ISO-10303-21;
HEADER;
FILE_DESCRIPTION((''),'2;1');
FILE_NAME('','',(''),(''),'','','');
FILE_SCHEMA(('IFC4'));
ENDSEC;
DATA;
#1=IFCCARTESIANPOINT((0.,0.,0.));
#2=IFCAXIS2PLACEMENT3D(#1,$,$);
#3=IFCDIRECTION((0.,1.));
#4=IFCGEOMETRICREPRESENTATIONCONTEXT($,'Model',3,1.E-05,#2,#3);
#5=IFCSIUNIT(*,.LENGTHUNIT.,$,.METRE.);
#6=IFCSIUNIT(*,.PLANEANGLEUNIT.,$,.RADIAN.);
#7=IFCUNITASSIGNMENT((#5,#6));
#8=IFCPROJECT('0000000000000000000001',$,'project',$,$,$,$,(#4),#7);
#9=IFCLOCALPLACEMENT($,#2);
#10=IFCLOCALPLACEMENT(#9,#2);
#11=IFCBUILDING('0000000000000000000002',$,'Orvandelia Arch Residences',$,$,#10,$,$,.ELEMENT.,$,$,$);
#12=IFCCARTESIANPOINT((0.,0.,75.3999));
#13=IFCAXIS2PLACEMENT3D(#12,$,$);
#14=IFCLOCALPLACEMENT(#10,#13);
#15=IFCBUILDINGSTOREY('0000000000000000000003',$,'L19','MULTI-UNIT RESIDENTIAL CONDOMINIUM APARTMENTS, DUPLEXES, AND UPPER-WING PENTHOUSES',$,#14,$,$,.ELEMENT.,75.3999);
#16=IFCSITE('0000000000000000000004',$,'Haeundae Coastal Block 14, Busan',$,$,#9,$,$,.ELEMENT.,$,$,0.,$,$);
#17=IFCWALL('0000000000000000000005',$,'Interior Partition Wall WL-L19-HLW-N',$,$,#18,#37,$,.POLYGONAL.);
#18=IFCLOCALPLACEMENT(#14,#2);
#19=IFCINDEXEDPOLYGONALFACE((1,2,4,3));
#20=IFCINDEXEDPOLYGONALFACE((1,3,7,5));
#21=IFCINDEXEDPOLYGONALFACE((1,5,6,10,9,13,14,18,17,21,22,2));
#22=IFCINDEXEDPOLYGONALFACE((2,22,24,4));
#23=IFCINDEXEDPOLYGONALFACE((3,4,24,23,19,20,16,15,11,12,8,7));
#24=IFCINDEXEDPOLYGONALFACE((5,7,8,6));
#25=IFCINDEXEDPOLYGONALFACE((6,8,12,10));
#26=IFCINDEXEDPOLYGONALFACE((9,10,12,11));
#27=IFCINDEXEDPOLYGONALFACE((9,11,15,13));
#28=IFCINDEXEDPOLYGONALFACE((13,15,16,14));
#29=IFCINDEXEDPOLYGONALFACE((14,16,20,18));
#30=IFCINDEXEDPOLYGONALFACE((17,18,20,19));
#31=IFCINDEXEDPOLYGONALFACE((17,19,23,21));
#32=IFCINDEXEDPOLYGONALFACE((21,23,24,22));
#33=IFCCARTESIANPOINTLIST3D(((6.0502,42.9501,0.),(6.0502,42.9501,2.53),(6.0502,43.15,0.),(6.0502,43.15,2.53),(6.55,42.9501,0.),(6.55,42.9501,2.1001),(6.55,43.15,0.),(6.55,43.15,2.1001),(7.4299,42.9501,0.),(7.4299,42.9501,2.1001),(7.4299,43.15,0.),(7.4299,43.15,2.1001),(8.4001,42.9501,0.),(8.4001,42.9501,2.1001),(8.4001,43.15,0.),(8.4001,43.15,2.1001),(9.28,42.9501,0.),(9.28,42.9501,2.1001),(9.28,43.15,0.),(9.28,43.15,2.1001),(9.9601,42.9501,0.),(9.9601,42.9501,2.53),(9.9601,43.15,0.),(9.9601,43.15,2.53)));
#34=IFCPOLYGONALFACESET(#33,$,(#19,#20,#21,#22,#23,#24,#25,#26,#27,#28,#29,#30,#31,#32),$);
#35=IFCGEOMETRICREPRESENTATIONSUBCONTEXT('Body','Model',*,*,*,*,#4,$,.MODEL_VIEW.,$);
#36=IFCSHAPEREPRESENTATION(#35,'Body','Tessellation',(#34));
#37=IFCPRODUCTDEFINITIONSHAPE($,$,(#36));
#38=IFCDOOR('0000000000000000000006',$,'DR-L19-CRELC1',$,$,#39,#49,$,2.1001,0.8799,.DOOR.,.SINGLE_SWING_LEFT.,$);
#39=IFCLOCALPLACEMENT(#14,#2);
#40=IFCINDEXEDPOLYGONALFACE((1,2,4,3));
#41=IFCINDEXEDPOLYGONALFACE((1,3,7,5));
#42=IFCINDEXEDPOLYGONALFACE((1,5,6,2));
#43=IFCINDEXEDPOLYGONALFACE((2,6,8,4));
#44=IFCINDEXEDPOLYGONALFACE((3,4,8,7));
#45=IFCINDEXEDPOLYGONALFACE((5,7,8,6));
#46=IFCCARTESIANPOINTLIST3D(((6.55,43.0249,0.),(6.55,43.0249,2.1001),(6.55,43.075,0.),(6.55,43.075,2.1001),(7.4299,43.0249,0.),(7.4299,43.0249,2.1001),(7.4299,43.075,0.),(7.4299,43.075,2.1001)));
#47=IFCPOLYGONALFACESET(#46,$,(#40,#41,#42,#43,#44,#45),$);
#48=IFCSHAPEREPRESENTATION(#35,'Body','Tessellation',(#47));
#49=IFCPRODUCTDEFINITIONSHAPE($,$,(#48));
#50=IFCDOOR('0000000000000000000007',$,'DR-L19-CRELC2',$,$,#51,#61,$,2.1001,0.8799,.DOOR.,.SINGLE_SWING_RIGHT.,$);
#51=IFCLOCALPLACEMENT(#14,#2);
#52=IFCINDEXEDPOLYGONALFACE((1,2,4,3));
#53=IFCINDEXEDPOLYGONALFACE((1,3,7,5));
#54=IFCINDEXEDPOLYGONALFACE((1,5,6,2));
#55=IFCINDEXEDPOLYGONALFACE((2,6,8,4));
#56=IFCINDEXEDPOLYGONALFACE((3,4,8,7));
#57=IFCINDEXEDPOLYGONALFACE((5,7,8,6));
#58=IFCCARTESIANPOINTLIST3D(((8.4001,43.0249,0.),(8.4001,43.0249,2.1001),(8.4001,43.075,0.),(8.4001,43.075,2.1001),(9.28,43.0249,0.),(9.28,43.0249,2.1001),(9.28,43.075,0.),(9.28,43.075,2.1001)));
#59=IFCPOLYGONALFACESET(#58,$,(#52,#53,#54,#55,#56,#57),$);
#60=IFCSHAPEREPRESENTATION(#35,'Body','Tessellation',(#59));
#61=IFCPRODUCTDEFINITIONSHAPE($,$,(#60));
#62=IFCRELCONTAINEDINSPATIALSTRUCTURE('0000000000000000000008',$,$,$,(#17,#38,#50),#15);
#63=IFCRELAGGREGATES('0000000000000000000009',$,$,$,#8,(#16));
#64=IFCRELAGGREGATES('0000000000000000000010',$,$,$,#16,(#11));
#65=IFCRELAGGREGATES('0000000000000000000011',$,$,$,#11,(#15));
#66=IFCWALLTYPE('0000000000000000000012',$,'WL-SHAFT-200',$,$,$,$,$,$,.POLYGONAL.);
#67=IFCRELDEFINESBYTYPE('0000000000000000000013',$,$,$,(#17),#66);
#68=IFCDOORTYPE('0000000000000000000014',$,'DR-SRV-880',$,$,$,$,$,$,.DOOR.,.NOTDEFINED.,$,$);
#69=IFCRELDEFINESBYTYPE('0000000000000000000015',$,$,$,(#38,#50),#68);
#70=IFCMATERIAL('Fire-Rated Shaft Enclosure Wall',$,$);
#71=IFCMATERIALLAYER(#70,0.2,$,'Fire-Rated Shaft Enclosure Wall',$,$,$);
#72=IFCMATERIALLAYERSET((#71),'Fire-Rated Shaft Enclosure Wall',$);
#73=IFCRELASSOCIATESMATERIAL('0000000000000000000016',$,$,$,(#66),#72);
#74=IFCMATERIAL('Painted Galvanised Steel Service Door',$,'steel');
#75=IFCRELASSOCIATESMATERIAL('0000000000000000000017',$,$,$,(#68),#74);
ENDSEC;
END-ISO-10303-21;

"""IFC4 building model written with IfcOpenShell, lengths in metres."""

from ifc_helpers import new_model, si_unit, direction, frame, frame_2d, origin, place, context, subcontext, project, spatial, rectangle, extrude, material, layer, layer_set, type_object, element, fill, save


model = new_model("IFC4")

# Units and contexts
model_context = context("Model", 3, precision=1e-05, world=origin(), true_north=direction((0.0, 1.0)))
body_context = subcontext(model_context, "Body", "Model", "MODEL_VIEW")
ifc_project = project(units=[si_unit("LENGTHUNIT", "METRE"), si_unit("PLANEANGLEUNIT", "RADIAN")], contexts=[model_context])

# Site, building, storey
site_placement = place(None, origin())
site = spatial("IfcSite", under=ifc_project, at=site_placement, Name="Haeundae Coastal Block 14, Busan", CompositionType="ELEMENT", RefElevation=0.0)
building_placement = place(site_placement, origin())
building = spatial("IfcBuilding", under=site, at=building_placement, Name="Orvandelia Arch Residences", CompositionType="ELEMENT")
storey_placement = place(building_placement, frame((0.0, 0.0, 75.3999)))
storey = spatial("IfcBuildingStorey", under=building, at=storey_placement, Name="L19", Description="MULTI-UNIT RESIDENTIAL CONDOMINIUM APARTMENTS, DUPLEXES, AND UPPER-WING PENTHOUSES", CompositionType="ELEMENT", Elevation=75.3999)

# Wall, openings, doors
ifc_material_1 = material(Name="Fire-Rated Shaft Enclosure Wall")
ifc_layer_1 = layer(ifc_material_1, 0.2, Name="Fire-Rated Shaft Enclosure Wall")
ifc_layer_set_1 = layer_set([ifc_layer_1], Name="Fire-Rated Shaft Enclosure Wall")
wall_type_1 = type_object("IfcWallType", Name="WL-SHAFT-200", PredefinedType="POLYGONAL", material=ifc_layer_set_1)
wall_1_placement = place(storey_placement, frame((6.05, 43.05, 0.0), z_axis=(0.0, 0.0, 1.0), x_axis=(1.0, 0.0, 0.0)))
wall_1 = element("IfcWall", 1, at=wall_1_placement, inside=storey, type_object=wall_type_1, Name="Interior Partition Wall WL-L19-HLW-N", PredefinedType="POLYGONAL", context=body_context, shape_type="SweptSolid", body=[
    extrude(rectangle(XDim=3.9099, YDim=0.2, at=frame_2d((1.9551, 0.0))), origin(), (0.0, 0.0, 1.0), 2.53),
])
opening_1_placement = place(wall_1_placement, frame((0.5, 0.0, 0.0)))
opening_1 = element("IfcOpeningElement", 2, at=opening_1_placement, cuts=wall_1, PredefinedType="OPENING", context=body_context, shape_type="SweptSolid", body=[
    extrude(rectangle(XDim=0.8799, YDim=2.1001, at=frame_2d((0.4399, 1.05))), frame((0.0, 0.1099, 0.0), z_axis=(0.0, -1.0, 0.0), x_axis=(1.0, 0.0, 0.0)), (0.0, 0.0, 1.0), 0.22),
])
opening_2_placement = place(wall_1_placement, frame((2.3501, 0.0, 0.0)))
opening_2 = element("IfcOpeningElement", 3, at=opening_2_placement, cuts=wall_1, PredefinedType="OPENING", context=body_context, shape_type="SweptSolid", body=[
    extrude(rectangle(XDim=0.8799, YDim=2.1001, at=frame_2d((0.4399, 1.05))), frame((0.0, 0.1099, 0.0), z_axis=(0.0, -1.0, 0.0), x_axis=(1.0, 0.0, 0.0)), (0.0, 0.0, 1.0), 0.22),
])
ifc_material_2 = material(Name="Painted Galvanised Steel Service Door", Category="steel")
door_type = type_object("IfcDoorType", Name="DR-SRV-880", OperationType="NOTDEFINED", PredefinedType="DOOR", material=ifc_material_2)
door_1_placement = place(opening_1_placement, origin())
door_1 = element("IfcDoor", 4, at=door_1_placement, inside=storey, type_object=door_type, Name="DR-L19-CRELC1", OperationType="SINGLE_SWING_LEFT", OverallHeight=2.1001, OverallWidth=0.8799, PredefinedType="DOOR", context=body_context, shape_type="SweptSolid", body=[
    extrude(rectangle(XDim=0.8799, YDim=2.1001, at=frame_2d((0.4399, 1.05))), frame((0.0, 0.0249, 0.0), z_axis=(0.0, -1.0, 0.0), x_axis=(1.0, 0.0, 0.0)), (0.0, 0.0, 1.0), 0.05),
])
fill(opening_1, door_1)
door_2_placement = place(opening_2_placement, origin())
door_2 = element("IfcDoor", 5, at=door_2_placement, inside=storey, type_object=door_type, Name="DR-L19-CRELC2", OperationType="SINGLE_SWING_RIGHT", OverallHeight=2.1001, OverallWidth=0.8799, PredefinedType="DOOR", context=body_context, shape_type="SweptSolid", body=[
    extrude(rectangle(XDim=0.8799, YDim=2.1001, at=frame_2d((0.4399, 1.05))), frame((0.0, 0.0249, 0.0), z_axis=(0.0, -1.0, 0.0), x_axis=(1.0, 0.0, 0.0)), (0.0, 0.0, 1.0), 0.05),
])
fill(opening_2, door_2)

save(model, "model.ifc")
